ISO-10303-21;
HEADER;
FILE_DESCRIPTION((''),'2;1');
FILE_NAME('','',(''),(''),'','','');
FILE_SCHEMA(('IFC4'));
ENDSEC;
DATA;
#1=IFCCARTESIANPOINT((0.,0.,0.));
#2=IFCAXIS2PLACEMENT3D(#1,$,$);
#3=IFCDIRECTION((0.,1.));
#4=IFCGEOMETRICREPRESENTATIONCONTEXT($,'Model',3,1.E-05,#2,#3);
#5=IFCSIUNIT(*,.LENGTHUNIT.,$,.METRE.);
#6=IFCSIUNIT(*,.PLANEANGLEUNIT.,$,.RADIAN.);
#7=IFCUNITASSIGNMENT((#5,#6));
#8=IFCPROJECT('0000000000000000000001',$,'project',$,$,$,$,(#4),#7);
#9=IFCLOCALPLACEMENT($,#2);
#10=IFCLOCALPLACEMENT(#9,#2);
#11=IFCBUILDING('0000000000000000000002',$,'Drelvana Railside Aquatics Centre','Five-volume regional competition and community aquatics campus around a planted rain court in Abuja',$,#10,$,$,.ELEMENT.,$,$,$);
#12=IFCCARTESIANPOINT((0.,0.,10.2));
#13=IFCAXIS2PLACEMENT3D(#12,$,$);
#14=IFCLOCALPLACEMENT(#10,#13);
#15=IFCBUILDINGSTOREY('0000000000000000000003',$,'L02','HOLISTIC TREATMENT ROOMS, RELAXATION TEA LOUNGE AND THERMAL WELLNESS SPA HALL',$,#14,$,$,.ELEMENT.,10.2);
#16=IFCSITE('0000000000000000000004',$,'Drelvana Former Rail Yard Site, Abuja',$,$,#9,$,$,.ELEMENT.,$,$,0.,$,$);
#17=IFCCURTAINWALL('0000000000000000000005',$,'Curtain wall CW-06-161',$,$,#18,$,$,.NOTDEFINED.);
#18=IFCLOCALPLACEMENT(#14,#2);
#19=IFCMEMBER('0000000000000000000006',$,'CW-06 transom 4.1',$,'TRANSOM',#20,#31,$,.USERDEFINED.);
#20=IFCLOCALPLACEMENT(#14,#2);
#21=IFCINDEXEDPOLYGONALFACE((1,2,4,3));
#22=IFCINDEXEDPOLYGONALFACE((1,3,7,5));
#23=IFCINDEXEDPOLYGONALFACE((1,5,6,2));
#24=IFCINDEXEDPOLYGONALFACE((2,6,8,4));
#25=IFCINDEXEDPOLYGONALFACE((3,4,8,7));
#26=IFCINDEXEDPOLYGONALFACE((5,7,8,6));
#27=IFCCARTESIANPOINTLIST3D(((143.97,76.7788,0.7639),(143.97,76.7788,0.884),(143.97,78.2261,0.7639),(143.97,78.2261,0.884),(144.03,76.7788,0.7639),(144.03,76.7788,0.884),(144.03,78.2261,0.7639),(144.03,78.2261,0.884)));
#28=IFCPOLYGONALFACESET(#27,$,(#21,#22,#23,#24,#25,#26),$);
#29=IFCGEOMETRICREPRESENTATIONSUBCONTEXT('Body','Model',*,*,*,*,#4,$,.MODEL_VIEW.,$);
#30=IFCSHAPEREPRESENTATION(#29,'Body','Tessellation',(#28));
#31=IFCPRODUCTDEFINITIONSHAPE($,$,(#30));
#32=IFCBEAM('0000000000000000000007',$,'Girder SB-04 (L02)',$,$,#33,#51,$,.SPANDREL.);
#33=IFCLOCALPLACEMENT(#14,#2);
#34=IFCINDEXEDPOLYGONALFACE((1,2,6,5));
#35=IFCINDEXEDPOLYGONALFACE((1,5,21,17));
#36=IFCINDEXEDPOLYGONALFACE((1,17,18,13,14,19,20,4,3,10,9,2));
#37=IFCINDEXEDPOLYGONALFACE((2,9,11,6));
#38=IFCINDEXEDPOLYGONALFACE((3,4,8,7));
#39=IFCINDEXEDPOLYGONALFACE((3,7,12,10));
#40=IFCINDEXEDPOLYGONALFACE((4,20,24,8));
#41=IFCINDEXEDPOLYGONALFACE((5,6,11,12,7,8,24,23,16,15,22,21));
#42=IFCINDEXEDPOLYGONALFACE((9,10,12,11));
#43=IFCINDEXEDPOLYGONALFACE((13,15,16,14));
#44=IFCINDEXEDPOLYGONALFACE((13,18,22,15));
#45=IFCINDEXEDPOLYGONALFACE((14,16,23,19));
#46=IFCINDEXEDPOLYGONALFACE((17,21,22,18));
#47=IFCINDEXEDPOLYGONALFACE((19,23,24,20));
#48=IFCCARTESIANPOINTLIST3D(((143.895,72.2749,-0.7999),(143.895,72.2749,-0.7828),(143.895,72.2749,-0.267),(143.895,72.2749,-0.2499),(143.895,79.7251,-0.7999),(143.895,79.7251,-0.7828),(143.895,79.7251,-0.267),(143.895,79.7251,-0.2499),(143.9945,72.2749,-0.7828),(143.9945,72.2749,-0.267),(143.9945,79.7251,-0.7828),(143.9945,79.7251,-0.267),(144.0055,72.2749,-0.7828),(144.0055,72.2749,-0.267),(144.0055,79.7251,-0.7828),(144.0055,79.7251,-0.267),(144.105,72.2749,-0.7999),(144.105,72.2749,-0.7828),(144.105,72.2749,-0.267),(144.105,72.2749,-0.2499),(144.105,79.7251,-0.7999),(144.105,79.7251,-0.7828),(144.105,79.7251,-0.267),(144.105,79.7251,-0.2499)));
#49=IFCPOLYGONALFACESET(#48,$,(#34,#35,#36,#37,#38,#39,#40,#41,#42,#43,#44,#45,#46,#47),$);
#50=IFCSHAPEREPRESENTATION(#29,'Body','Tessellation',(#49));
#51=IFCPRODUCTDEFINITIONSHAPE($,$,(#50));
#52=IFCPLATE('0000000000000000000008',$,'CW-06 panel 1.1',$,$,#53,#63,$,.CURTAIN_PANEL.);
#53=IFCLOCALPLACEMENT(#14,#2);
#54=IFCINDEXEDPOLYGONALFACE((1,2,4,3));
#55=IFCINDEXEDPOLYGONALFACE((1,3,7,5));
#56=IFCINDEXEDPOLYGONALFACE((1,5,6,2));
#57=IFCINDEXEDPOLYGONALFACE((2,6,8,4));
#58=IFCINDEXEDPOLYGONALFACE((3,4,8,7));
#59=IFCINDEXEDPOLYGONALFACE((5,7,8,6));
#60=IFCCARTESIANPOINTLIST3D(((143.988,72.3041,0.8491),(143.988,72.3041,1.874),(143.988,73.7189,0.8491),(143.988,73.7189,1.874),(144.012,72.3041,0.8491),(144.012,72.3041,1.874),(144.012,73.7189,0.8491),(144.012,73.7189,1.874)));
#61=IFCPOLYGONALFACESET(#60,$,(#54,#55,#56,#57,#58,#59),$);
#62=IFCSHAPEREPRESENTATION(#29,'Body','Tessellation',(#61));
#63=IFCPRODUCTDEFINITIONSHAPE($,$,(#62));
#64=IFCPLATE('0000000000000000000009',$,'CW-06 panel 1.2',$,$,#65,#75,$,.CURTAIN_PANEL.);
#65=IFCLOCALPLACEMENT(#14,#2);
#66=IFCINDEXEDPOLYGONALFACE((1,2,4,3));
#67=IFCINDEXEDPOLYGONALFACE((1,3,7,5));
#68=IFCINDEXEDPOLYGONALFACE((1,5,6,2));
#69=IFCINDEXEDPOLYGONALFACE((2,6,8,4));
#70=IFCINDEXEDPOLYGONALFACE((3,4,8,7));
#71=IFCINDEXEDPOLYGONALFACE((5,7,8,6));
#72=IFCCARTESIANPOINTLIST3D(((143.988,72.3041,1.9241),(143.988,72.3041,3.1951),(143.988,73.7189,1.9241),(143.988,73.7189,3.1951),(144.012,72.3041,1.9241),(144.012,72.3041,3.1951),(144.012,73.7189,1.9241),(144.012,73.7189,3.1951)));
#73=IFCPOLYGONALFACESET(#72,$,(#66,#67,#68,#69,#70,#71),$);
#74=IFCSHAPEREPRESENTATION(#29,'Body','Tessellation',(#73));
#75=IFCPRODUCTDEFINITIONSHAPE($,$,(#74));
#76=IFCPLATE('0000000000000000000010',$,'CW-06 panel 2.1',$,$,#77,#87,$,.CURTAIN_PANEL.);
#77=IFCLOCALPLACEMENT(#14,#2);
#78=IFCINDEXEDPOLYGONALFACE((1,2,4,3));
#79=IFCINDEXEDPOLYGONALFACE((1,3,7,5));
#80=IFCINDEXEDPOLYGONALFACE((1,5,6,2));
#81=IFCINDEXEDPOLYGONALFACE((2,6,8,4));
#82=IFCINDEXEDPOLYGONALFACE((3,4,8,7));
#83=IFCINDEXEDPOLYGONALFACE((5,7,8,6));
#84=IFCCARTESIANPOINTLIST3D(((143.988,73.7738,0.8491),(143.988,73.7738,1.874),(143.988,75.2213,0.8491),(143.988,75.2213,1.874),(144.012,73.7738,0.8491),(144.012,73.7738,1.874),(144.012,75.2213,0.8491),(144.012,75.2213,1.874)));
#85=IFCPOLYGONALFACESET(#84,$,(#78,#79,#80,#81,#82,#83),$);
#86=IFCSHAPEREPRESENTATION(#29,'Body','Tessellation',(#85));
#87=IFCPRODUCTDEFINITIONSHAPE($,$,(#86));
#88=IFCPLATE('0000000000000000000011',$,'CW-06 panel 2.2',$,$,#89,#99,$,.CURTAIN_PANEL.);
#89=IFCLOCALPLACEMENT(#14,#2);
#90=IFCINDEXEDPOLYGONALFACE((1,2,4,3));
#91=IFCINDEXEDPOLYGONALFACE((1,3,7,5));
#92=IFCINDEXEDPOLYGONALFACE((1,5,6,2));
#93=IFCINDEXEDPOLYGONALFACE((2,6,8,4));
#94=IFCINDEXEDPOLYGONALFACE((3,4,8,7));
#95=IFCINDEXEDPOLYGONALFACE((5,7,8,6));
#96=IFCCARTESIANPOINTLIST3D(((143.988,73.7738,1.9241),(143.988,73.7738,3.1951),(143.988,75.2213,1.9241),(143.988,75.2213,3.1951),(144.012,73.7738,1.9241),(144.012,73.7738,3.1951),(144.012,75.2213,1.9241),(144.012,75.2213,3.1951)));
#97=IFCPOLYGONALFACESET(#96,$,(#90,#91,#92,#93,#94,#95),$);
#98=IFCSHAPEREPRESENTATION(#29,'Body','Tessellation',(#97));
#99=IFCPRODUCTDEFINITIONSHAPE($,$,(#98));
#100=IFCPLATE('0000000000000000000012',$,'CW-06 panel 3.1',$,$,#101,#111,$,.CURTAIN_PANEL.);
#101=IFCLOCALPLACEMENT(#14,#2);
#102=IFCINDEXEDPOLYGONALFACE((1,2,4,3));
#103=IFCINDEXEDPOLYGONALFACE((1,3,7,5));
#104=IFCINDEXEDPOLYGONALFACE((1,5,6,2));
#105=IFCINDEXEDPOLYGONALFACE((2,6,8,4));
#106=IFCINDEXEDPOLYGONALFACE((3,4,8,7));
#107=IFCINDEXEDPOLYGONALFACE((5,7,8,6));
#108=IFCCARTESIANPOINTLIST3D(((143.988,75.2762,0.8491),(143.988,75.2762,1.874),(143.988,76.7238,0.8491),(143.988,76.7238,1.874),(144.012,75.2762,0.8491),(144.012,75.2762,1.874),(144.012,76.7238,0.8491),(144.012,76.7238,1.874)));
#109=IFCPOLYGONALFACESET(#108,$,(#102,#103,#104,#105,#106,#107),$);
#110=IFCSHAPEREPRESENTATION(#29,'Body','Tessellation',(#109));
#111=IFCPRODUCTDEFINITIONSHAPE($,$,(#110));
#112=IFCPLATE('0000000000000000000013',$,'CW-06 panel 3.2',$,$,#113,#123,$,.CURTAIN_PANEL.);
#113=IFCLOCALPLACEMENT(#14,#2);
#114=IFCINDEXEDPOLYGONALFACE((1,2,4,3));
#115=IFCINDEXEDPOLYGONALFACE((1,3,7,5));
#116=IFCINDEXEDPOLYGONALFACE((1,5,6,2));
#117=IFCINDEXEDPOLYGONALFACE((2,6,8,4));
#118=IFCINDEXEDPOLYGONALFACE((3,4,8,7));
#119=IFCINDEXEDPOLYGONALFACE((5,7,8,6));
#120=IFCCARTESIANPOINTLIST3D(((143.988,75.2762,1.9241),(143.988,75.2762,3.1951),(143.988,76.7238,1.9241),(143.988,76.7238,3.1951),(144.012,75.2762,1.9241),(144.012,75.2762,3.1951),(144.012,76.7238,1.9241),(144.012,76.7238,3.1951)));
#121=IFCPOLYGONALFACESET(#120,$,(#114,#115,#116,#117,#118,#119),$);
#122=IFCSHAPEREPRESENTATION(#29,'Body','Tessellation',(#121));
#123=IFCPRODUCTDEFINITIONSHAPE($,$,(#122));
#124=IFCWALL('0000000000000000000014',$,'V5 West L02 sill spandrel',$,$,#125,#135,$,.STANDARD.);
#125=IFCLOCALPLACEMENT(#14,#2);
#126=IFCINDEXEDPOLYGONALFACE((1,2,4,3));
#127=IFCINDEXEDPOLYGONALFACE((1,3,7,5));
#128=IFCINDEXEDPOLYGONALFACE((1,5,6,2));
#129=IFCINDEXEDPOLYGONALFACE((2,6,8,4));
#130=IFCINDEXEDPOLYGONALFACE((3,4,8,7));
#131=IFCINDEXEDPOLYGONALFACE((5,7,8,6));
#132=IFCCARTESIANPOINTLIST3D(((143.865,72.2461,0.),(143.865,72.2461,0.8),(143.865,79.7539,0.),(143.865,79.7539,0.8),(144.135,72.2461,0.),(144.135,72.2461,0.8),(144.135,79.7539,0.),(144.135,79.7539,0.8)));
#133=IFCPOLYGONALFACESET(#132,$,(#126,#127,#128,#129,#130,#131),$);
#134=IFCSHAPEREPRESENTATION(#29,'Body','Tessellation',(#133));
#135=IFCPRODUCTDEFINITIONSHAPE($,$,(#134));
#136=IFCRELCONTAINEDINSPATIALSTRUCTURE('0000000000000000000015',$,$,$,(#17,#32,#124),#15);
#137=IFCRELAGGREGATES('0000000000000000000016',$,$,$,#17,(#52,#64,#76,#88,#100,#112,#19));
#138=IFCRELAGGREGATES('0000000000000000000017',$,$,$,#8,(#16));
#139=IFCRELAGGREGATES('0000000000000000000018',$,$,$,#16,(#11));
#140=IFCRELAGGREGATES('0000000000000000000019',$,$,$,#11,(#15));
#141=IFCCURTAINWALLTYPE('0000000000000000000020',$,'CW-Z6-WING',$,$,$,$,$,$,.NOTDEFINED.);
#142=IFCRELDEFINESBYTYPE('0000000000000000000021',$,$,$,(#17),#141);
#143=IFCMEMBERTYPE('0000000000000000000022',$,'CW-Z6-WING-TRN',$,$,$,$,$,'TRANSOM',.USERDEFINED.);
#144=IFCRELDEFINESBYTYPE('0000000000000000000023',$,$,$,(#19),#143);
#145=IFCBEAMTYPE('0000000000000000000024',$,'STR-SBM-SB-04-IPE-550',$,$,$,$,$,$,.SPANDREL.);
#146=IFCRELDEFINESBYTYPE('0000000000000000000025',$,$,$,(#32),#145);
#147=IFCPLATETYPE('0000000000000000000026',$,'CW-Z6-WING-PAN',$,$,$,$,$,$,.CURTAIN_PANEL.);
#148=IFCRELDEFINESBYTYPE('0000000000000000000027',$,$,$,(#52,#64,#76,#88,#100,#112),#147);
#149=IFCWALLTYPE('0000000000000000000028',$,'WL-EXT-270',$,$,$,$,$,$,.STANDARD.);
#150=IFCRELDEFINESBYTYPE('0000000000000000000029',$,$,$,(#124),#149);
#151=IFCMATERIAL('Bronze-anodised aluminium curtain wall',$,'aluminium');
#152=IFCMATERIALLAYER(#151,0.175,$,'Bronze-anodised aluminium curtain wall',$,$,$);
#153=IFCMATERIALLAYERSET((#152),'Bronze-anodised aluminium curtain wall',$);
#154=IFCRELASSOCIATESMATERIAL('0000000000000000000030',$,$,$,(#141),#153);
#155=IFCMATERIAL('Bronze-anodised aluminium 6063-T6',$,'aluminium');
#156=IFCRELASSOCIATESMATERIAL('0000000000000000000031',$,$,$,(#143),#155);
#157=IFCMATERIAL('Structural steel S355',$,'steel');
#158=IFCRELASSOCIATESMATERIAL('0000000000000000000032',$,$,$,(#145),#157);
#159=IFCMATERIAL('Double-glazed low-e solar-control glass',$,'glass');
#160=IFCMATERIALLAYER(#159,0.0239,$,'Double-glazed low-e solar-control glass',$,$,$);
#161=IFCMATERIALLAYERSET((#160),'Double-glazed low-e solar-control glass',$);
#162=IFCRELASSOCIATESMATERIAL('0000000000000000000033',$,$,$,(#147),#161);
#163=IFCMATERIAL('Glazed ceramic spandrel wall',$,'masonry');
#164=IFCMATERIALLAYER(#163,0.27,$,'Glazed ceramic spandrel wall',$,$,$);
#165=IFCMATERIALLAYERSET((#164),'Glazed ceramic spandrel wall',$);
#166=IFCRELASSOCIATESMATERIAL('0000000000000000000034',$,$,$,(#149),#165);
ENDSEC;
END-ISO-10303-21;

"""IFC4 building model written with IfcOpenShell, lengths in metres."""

from ifc_helpers import new_model, si_unit, direction, frame, frame_2d, origin, origin_2d, place, context, subcontext, project, spatial, rectangle, i_section, extrude, material, layer, layer_set, material_profile, profile_set, type_object, element, aggregate, save


model = new_model("IFC4")

# Units and contexts
model_context = context("Model", 3, precision=1e-05, world=origin(), true_north=direction((0.0, 1.0)))
body_context = subcontext(model_context, "Body", "Model", "MODEL_VIEW")
ifc_project = project(units=[si_unit("LENGTHUNIT", "METRE"), si_unit("PLANEANGLEUNIT", "RADIAN")], contexts=[model_context])

# Site, building, storey
site_placement = place(None, origin())
site = spatial("IfcSite", under=ifc_project, at=site_placement, Name="Drelvana Former Rail Yard Site, Abuja", CompositionType="ELEMENT", RefElevation=0.0)
building_placement = place(site_placement, origin())
building = spatial("IfcBuilding", under=site, at=building_placement, Name="Drelvana Railside Aquatics Centre", Description="Five-volume regional competition and community aquatics campus around a planted rain court in Abuja", CompositionType="ELEMENT")
storey_placement = place(building_placement, frame((0.0, 0.0, 10.2)))
storey = spatial("IfcBuildingStorey", under=building, at=storey_placement, Name="L02", Description="HOLISTIC TREATMENT ROOMS, RELAXATION TEA LOUNGE AND THERMAL WELLNESS SPA HALL", CompositionType="ELEMENT", Elevation=10.2)

# Curtain wall, member
ifc_material_1 = material(Name="Bronze-anodised aluminium curtain wall", Category="aluminium")
ifc_layer_1 = layer(ifc_material_1, 0.175, Name="Bronze-anodised aluminium curtain wall")
ifc_layer_set_1 = layer_set([ifc_layer_1], Name="Bronze-anodised aluminium curtain wall")
curtain_wall_type = type_object("IfcCurtainWallType", Name="CW-Z6-WING", PredefinedType="NOTDEFINED", material=ifc_layer_set_1)
curtain_wall_placement = place(storey_placement, origin())
curtain_wall = element("IfcCurtainWall", 1, at=curtain_wall_placement, inside=storey, type_object=curtain_wall_type, Name="Curtain wall CW-06-161", PredefinedType="NOTDEFINED")
ifc_material_2 = material(Name="Bronze-anodised aluminium 6063-T6", Category="aluminium")
ifc_material_profile_1 = material_profile(ifc_material_2, rectangle(XDim=0.1201, YDim=0.0601, at=origin_2d()), Name="ALU-T 60x120")
ifc_profile_set_1 = profile_set([ifc_material_profile_1], Name="Bronze-anodised aluminium 6063-T6")
member_type_1 = type_object("IfcMemberType", Name="CW-Z6-WING-TRN", ElementType="TRANSOM", PredefinedType="USERDEFINED", material=ifc_profile_set_1)
member_1_placement = place(storey_placement, frame((144.0, 76.7788, 0.824), z_axis=(0.0, 1.0, 0.0), x_axis=(0.0, 0.0, 1.0)))
member_1 = element("IfcMember", 2, at=member_1_placement, type_object=member_type_1, Name="CW-06 transom 4.1", ObjectType="TRANSOM", PredefinedType="USERDEFINED", context=body_context, shape_type="SweptSolid", body=[
    extrude(rectangle(XDim=0.1201, YDim=0.0601, at=origin_2d()), origin(), (0.0, 0.0, 1.0), 1.4473),
])

# Beam
ifc_material_3 = material(Name="Structural steel S355", Category="steel")
ifc_material_profile_2 = material_profile(ifc_material_3, i_section(OverallWidth=0.21, OverallDepth=0.55, WebThickness=0.011, FlangeThickness=0.0171, at=origin_2d()), Name="IPE 550")
ifc_profile_set_2 = profile_set([ifc_material_profile_2], Name="Structural steel S355")
beam_type = type_object("IfcBeamType", Name="STR-SBM-SB-04-IPE-550", PredefinedType="SPANDREL", material=ifc_profile_set_2)
beam_placement = place(storey_placement, frame((144.0, 72.2749, -0.5249), z_axis=(0.0, 1.0, 0.0), x_axis=(-1.0, 0.0, 0.0)))
element("IfcBeam", 3, at=beam_placement, inside=storey, type_object=beam_type, Name="Girder SB-04 (L02)", PredefinedType="SPANDREL", context=body_context, shape_type="SweptSolid", body=[
    extrude(i_section(OverallWidth=0.21, OverallDepth=0.55, WebThickness=0.011, FlangeThickness=0.0171, at=origin_2d()), origin(), (0.0, 0.0, 1.0), 7.4502),
])

# Plates
ifc_material_4 = material(Name="Double-glazed low-e solar-control glass", Category="glass")
ifc_layer_2 = layer(ifc_material_4, 0.0239, Name="Double-glazed low-e solar-control glass")
ifc_layer_set_2 = layer_set([ifc_layer_2], Name="Double-glazed low-e solar-control glass")
plate_type = type_object("IfcPlateType", Name="CW-Z6-WING-PAN", PredefinedType="CURTAIN_PANEL", material=ifc_layer_set_2)
plate_1_placement = place(storey_placement, frame((144.0, 73.0115, 0.8491), z_axis=(0.0, 0.0, 1.0), x_axis=(0.0, 1.0, 0.0)))
plate_1 = element("IfcPlate", 4, at=plate_1_placement, type_object=plate_type, Name="CW-06 panel 1.1", PredefinedType="CURTAIN_PANEL", context=body_context, shape_type="SweptSolid", body=[
    extrude(rectangle(XDim=1.4148, YDim=0.0239, at=origin_2d()), origin(), (0.0, 0.0, 1.0), 1.0249),
])
plate_2_placement = place(storey_placement, frame((144.0, 73.0115, 1.9241), z_axis=(0.0, 0.0, 1.0), x_axis=(0.0, 1.0, 0.0)))
plate_2 = element("IfcPlate", 5, at=plate_2_placement, type_object=plate_type, Name="CW-06 panel 1.2", PredefinedType="CURTAIN_PANEL", context=body_context, shape_type="SweptSolid", body=[
    extrude(rectangle(XDim=1.4148, YDim=0.0239, at=origin_2d()), origin(), (0.0, 0.0, 1.0), 1.271),
])
plate_3_placement = place(storey_placement, frame((144.0, 74.4976, 0.8491), z_axis=(0.0, 0.0, 1.0), x_axis=(0.0, 1.0, 0.0)))
plate_3 = element("IfcPlate", 6, at=plate_3_placement, type_object=plate_type, Name="CW-06 panel 2.1", PredefinedType="CURTAIN_PANEL", context=body_context, shape_type="SweptSolid", body=[
    extrude(rectangle(XDim=1.4475, YDim=0.0239, at=origin_2d()), origin(), (0.0, 0.0, 1.0), 1.0249),
])
plate_4_placement = place(storey_placement, frame((144.0, 74.4976, 1.9241), z_axis=(0.0, 0.0, 1.0), x_axis=(0.0, 1.0, 0.0)))
plate_4 = element("IfcPlate", 7, at=plate_4_placement, type_object=plate_type, Name="CW-06 panel 2.2", PredefinedType="CURTAIN_PANEL", context=body_context, shape_type="SweptSolid", body=[
    extrude(rectangle(XDim=1.4475, YDim=0.0239, at=origin_2d()), origin(), (0.0, 0.0, 1.0), 1.271),
])
plate_5_placement = place(storey_placement, frame((144.0, 76.0, 0.8491), z_axis=(0.0, 0.0, 1.0), x_axis=(0.0, 1.0, 0.0)))
plate_5 = element("IfcPlate", 8, at=plate_5_placement, type_object=plate_type, Name="CW-06 panel 3.1", PredefinedType="CURTAIN_PANEL", context=body_context, shape_type="SweptSolid", body=[
    extrude(rectangle(XDim=1.4475, YDim=0.0239, at=origin_2d()), origin(), (0.0, 0.0, 1.0), 1.0249),
])
plate_6_placement = place(storey_placement, frame((144.0, 76.0, 1.9241), z_axis=(0.0, 0.0, 1.0), x_axis=(0.0, 1.0, 0.0)))
plate_6 = element("IfcPlate", 9, at=plate_6_placement, type_object=plate_type, Name="CW-06 panel 3.2", PredefinedType="CURTAIN_PANEL", context=body_context, shape_type="SweptSolid", body=[
    extrude(rectangle(XDim=1.4475, YDim=0.0239, at=origin_2d()), origin(), (0.0, 0.0, 1.0), 1.271),
])
aggregate(curtain_wall, [plate_1, plate_2, plate_3, plate_4, plate_5, plate_6, member_1])

# Wall
ifc_material_5 = material(Name="Glazed ceramic spandrel wall", Category="masonry")
ifc_layer_3 = layer(ifc_material_5, 0.27, Name="Glazed ceramic spandrel wall")
ifc_layer_set_3 = layer_set([ifc_layer_3], Name="Glazed ceramic spandrel wall")
wall_type = type_object("IfcWallType", Name="WL-EXT-270", PredefinedType="STANDARD", material=ifc_layer_set_3)
wall_placement = place(storey_placement, frame((144.0, 72.2461, 0.0), z_axis=(0.0, 0.0, 1.0), x_axis=(0.0, 1.0, 0.0)))
element("IfcWall", 10, at=wall_placement, inside=storey, type_object=wall_type, Name="V5 West L02 sill spandrel", PredefinedType="STANDARD", context=body_context, shape_type="SweptSolid", body=[
    extrude(rectangle(XDim=7.5078, YDim=0.27, at=frame_2d((3.7539, 0.0))), origin(), (0.0, 0.0, 1.0), 0.8),
])

save(model, "model.ifc")
